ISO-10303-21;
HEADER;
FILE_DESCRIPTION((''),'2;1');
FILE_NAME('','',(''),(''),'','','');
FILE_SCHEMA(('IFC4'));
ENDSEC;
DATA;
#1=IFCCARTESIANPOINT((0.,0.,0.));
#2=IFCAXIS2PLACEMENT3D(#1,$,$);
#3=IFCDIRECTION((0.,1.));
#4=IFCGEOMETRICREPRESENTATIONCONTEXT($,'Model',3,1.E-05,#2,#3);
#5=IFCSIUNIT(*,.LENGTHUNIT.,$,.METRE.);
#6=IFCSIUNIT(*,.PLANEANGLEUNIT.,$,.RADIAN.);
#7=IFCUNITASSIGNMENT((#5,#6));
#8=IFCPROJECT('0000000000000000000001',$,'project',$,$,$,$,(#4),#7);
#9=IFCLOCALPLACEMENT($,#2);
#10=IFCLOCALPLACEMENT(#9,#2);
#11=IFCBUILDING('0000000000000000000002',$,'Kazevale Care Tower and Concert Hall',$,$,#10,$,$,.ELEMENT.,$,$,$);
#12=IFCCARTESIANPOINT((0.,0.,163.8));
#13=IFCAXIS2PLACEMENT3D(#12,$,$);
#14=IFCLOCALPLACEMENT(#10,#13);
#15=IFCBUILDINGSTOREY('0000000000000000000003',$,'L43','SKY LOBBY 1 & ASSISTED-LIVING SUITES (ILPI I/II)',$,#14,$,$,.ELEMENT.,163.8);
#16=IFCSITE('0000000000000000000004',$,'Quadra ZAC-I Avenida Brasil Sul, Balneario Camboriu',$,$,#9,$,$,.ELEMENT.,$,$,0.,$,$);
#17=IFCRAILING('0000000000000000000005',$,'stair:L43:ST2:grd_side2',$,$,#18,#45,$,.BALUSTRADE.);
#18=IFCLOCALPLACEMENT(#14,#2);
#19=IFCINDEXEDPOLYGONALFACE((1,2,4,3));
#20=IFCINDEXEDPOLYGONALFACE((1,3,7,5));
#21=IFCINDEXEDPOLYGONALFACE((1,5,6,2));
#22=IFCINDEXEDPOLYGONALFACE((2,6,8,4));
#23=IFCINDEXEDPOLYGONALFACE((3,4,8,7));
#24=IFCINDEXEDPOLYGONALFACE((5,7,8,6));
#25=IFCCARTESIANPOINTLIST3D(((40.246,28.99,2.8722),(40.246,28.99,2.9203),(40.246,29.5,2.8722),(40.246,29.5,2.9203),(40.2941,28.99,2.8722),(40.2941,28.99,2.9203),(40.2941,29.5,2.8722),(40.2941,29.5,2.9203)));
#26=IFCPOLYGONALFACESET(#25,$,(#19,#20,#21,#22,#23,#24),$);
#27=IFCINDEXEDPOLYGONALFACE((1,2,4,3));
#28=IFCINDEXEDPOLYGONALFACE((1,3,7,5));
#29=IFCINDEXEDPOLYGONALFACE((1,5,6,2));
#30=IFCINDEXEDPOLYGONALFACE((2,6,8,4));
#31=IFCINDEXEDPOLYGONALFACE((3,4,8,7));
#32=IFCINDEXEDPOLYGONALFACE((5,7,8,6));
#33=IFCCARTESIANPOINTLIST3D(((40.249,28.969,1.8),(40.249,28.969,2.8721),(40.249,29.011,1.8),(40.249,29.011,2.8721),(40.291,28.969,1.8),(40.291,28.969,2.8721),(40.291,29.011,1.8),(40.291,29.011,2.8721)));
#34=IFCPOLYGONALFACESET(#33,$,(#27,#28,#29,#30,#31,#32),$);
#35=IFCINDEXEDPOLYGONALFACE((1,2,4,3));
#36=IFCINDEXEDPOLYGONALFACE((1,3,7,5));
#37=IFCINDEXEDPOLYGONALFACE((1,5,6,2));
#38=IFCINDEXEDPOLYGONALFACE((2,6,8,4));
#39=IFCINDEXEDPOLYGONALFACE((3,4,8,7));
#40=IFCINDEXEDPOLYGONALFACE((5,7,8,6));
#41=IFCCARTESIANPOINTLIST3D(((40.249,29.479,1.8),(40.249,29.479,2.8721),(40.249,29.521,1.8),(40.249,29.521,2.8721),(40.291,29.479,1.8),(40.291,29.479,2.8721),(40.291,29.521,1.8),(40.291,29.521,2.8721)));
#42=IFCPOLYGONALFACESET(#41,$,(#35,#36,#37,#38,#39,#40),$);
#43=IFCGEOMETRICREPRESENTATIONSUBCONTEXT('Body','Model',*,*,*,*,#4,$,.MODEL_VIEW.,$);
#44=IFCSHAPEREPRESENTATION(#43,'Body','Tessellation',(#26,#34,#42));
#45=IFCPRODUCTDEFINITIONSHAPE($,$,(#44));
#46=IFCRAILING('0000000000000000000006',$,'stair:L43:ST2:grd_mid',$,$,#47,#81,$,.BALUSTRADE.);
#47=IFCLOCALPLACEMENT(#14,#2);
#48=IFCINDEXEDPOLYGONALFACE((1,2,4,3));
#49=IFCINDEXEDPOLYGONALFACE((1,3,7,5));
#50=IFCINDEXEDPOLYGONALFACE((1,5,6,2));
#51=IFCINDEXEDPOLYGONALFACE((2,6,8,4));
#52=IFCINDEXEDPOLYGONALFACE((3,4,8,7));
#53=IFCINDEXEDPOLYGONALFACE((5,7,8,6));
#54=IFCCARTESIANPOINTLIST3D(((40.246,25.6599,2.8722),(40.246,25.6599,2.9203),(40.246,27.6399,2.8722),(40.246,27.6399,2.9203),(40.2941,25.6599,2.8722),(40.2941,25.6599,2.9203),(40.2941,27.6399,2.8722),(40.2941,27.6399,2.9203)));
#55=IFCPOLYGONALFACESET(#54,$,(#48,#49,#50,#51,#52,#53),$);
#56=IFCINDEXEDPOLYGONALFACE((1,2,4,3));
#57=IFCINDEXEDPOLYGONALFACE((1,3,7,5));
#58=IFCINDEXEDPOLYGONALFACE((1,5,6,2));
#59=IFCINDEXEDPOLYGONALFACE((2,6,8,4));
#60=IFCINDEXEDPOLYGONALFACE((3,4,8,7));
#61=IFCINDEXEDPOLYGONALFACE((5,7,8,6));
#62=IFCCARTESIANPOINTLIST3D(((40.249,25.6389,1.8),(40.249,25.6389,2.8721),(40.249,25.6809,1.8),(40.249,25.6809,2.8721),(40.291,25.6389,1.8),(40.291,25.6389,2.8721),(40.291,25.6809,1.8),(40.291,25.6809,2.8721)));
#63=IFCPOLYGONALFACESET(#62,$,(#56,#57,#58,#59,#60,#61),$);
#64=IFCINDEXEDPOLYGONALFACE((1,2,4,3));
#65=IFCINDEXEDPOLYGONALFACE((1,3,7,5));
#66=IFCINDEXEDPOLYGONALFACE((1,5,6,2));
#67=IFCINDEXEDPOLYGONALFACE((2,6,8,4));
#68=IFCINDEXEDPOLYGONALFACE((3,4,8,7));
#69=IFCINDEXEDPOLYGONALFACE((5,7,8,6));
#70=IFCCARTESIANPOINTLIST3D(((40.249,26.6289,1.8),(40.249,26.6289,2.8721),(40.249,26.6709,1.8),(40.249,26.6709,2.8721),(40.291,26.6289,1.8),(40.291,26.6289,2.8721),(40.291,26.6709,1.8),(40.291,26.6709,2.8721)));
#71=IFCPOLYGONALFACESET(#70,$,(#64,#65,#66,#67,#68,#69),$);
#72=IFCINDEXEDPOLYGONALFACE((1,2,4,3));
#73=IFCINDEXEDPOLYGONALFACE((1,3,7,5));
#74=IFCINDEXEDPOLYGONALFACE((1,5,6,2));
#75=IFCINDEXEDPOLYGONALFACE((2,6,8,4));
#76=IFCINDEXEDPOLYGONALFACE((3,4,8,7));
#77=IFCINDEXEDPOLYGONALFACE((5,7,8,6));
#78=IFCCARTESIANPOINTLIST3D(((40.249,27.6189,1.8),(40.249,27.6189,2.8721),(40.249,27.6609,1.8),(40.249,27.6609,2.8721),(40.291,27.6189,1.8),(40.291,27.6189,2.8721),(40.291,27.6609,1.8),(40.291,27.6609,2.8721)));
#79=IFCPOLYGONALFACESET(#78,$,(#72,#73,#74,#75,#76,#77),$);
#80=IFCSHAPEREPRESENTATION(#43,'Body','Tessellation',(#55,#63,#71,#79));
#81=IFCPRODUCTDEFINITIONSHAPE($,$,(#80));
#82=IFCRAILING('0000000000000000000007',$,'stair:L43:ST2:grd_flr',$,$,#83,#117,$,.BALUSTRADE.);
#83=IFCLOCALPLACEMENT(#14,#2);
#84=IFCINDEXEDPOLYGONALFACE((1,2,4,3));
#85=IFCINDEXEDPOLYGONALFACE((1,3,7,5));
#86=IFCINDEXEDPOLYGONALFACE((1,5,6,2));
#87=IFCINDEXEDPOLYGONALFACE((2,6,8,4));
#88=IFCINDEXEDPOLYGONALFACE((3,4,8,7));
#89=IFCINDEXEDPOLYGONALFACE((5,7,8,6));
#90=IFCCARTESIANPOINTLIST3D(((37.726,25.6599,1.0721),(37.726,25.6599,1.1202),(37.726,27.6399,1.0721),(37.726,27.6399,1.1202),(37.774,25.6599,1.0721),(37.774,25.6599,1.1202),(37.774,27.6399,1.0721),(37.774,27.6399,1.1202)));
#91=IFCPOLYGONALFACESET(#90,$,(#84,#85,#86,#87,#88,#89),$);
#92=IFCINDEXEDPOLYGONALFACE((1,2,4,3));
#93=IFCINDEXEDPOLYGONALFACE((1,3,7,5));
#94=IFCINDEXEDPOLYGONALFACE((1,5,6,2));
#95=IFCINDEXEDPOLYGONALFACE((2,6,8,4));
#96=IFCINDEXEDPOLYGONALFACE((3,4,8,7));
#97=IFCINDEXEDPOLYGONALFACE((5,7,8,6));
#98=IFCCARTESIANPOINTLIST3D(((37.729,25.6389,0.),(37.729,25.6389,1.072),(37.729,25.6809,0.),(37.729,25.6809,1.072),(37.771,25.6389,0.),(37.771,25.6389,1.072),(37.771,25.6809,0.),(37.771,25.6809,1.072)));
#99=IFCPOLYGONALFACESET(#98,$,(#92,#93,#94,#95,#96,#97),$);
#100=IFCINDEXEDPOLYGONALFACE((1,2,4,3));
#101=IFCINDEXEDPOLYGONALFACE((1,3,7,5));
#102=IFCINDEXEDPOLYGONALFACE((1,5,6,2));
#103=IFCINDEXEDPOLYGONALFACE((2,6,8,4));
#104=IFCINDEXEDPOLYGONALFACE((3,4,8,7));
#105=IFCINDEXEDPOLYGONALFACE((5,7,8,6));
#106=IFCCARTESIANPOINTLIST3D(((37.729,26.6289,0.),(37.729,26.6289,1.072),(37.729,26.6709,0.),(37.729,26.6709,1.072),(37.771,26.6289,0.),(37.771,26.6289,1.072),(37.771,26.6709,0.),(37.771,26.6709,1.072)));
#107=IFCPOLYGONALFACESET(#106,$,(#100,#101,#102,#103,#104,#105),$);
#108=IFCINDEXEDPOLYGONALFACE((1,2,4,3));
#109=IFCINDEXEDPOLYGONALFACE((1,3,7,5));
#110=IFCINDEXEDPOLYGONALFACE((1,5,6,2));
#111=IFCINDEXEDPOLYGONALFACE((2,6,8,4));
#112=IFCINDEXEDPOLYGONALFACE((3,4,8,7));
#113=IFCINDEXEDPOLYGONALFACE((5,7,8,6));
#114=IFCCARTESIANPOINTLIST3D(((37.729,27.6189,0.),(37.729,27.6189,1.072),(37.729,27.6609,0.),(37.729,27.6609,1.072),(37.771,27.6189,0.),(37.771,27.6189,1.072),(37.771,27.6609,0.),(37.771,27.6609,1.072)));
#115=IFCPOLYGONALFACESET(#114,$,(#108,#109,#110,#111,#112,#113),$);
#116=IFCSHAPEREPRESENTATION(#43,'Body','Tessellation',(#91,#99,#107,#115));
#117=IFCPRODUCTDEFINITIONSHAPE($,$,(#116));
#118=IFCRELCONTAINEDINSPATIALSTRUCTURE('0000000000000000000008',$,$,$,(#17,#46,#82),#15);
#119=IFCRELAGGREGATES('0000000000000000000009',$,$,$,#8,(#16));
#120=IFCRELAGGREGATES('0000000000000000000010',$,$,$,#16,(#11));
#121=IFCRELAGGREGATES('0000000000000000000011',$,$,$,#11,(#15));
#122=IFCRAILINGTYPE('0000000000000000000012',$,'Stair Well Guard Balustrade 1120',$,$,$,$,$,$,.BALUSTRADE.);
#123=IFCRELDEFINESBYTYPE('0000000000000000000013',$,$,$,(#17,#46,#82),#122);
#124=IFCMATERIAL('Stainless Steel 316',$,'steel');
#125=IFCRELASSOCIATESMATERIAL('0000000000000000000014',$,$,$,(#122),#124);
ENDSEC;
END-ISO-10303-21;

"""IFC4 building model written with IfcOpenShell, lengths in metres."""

from ifc_helpers import new_model, si_unit, direction, frame, origin, origin_2d, place, context, subcontext, project, spatial, rectangle, extrude, material, type_object, element, save


model = new_model("IFC4")

# Units and contexts
model_context = context("Model", 3, precision=1e-05, world=origin(), true_north=direction((0.0, 1.0)))
body_context = subcontext(model_context, "Body", "Model", "MODEL_VIEW")
ifc_project = project(units=[si_unit("LENGTHUNIT", "METRE"), si_unit("PLANEANGLEUNIT", "RADIAN")], contexts=[model_context])

# Site, building, storey
site_placement = place(None, origin())
site = spatial("IfcSite", under=ifc_project, at=site_placement, Name="Quadra ZAC-I Avenida Brasil Sul, Balneario Camboriu", CompositionType="ELEMENT", RefElevation=0.0)
building_placement = place(site_placement, origin())
building = spatial("IfcBuilding", under=site, at=building_placement, Name="Kazevale Care Tower and Concert Hall", CompositionType="ELEMENT")
storey_placement = place(building_placement, frame((0.0, 0.0, 163.8)))
storey = spatial("IfcBuildingStorey", under=building, at=storey_placement, Name="L43", Description="SKY LOBBY 1 & ASSISTED-LIVING SUITES (ILPI I/II)", CompositionType="ELEMENT", Elevation=163.8)

# Railings
ifc_material_1 = material(Name="Stainless Steel 316", Category="steel")
railing_type_1 = type_object("IfcRailingType", Name="Stair Well Guard Balustrade 1120", PredefinedType="BALUSTRADE", material=ifc_material_1)
railing_1_placement = place(storey_placement, frame((40.27, 28.99, 1.8)))
element("IfcRailing", 1, at=railing_1_placement, inside=storey, type_object=railing_type_1, Name="stair:L43:ST2:grd_side2", PredefinedType="BALUSTRADE", context=body_context, shape_type="SweptSolid", body=[
    extrude(rectangle(XDim=0.0481, YDim=0.0481, at=origin_2d()), frame((0.0, 0.0, 1.0962), z_axis=(0.0, 1.0, 0.0), x_axis=(-1.0, 0.0, 0.0)), (0.0, 0.0, 1.0), 0.51),
    extrude(rectangle(XDim=0.042, YDim=0.042, at=origin_2d()), origin(), (0.0, 0.0, 1.0), 1.072),
    extrude(rectangle(XDim=0.042, YDim=0.042, at=origin_2d()), frame((0.0, 0.51, 0.0)), (0.0, 0.0, 1.0), 1.072),
])
for number, where, name in (
    (2, (40.27, 25.6599, 1.8), "stair:L43:ST2:grd_mid"),
    (3, (37.75, 25.6599, 0.0), "stair:L43:ST2:grd_flr"),
):
    element("IfcRailing", number, at=place(storey_placement, frame(where)), inside=storey, type_object=railing_type_1, Name=name, PredefinedType="BALUSTRADE", context=body_context, shape_type="SweptSolid", body=[
        extrude(rectangle(XDim=0.0481, YDim=0.0481, at=origin_2d()), frame((0.0, 0.0, 1.0962), z_axis=(0.0, 1.0, 0.0), x_axis=(-1.0, 0.0, 0.0)), (0.0, 0.0, 1.0), 1.98),
        extrude(rectangle(XDim=0.042, YDim=0.042, at=origin_2d()), origin(), (0.0, 0.0, 1.0), 1.072),
        extrude(rectangle(XDim=0.042, YDim=0.042, at=origin_2d()), frame((0.0, 0.99, 0.0)), (0.0, 0.0, 1.0), 1.072),
        extrude(rectangle(XDim=0.042, YDim=0.042, at=origin_2d()), frame((0.0, 1.98, 0.0)), (0.0, 0.0, 1.0), 1.072),
    ])

save(model, "model.ifc")
